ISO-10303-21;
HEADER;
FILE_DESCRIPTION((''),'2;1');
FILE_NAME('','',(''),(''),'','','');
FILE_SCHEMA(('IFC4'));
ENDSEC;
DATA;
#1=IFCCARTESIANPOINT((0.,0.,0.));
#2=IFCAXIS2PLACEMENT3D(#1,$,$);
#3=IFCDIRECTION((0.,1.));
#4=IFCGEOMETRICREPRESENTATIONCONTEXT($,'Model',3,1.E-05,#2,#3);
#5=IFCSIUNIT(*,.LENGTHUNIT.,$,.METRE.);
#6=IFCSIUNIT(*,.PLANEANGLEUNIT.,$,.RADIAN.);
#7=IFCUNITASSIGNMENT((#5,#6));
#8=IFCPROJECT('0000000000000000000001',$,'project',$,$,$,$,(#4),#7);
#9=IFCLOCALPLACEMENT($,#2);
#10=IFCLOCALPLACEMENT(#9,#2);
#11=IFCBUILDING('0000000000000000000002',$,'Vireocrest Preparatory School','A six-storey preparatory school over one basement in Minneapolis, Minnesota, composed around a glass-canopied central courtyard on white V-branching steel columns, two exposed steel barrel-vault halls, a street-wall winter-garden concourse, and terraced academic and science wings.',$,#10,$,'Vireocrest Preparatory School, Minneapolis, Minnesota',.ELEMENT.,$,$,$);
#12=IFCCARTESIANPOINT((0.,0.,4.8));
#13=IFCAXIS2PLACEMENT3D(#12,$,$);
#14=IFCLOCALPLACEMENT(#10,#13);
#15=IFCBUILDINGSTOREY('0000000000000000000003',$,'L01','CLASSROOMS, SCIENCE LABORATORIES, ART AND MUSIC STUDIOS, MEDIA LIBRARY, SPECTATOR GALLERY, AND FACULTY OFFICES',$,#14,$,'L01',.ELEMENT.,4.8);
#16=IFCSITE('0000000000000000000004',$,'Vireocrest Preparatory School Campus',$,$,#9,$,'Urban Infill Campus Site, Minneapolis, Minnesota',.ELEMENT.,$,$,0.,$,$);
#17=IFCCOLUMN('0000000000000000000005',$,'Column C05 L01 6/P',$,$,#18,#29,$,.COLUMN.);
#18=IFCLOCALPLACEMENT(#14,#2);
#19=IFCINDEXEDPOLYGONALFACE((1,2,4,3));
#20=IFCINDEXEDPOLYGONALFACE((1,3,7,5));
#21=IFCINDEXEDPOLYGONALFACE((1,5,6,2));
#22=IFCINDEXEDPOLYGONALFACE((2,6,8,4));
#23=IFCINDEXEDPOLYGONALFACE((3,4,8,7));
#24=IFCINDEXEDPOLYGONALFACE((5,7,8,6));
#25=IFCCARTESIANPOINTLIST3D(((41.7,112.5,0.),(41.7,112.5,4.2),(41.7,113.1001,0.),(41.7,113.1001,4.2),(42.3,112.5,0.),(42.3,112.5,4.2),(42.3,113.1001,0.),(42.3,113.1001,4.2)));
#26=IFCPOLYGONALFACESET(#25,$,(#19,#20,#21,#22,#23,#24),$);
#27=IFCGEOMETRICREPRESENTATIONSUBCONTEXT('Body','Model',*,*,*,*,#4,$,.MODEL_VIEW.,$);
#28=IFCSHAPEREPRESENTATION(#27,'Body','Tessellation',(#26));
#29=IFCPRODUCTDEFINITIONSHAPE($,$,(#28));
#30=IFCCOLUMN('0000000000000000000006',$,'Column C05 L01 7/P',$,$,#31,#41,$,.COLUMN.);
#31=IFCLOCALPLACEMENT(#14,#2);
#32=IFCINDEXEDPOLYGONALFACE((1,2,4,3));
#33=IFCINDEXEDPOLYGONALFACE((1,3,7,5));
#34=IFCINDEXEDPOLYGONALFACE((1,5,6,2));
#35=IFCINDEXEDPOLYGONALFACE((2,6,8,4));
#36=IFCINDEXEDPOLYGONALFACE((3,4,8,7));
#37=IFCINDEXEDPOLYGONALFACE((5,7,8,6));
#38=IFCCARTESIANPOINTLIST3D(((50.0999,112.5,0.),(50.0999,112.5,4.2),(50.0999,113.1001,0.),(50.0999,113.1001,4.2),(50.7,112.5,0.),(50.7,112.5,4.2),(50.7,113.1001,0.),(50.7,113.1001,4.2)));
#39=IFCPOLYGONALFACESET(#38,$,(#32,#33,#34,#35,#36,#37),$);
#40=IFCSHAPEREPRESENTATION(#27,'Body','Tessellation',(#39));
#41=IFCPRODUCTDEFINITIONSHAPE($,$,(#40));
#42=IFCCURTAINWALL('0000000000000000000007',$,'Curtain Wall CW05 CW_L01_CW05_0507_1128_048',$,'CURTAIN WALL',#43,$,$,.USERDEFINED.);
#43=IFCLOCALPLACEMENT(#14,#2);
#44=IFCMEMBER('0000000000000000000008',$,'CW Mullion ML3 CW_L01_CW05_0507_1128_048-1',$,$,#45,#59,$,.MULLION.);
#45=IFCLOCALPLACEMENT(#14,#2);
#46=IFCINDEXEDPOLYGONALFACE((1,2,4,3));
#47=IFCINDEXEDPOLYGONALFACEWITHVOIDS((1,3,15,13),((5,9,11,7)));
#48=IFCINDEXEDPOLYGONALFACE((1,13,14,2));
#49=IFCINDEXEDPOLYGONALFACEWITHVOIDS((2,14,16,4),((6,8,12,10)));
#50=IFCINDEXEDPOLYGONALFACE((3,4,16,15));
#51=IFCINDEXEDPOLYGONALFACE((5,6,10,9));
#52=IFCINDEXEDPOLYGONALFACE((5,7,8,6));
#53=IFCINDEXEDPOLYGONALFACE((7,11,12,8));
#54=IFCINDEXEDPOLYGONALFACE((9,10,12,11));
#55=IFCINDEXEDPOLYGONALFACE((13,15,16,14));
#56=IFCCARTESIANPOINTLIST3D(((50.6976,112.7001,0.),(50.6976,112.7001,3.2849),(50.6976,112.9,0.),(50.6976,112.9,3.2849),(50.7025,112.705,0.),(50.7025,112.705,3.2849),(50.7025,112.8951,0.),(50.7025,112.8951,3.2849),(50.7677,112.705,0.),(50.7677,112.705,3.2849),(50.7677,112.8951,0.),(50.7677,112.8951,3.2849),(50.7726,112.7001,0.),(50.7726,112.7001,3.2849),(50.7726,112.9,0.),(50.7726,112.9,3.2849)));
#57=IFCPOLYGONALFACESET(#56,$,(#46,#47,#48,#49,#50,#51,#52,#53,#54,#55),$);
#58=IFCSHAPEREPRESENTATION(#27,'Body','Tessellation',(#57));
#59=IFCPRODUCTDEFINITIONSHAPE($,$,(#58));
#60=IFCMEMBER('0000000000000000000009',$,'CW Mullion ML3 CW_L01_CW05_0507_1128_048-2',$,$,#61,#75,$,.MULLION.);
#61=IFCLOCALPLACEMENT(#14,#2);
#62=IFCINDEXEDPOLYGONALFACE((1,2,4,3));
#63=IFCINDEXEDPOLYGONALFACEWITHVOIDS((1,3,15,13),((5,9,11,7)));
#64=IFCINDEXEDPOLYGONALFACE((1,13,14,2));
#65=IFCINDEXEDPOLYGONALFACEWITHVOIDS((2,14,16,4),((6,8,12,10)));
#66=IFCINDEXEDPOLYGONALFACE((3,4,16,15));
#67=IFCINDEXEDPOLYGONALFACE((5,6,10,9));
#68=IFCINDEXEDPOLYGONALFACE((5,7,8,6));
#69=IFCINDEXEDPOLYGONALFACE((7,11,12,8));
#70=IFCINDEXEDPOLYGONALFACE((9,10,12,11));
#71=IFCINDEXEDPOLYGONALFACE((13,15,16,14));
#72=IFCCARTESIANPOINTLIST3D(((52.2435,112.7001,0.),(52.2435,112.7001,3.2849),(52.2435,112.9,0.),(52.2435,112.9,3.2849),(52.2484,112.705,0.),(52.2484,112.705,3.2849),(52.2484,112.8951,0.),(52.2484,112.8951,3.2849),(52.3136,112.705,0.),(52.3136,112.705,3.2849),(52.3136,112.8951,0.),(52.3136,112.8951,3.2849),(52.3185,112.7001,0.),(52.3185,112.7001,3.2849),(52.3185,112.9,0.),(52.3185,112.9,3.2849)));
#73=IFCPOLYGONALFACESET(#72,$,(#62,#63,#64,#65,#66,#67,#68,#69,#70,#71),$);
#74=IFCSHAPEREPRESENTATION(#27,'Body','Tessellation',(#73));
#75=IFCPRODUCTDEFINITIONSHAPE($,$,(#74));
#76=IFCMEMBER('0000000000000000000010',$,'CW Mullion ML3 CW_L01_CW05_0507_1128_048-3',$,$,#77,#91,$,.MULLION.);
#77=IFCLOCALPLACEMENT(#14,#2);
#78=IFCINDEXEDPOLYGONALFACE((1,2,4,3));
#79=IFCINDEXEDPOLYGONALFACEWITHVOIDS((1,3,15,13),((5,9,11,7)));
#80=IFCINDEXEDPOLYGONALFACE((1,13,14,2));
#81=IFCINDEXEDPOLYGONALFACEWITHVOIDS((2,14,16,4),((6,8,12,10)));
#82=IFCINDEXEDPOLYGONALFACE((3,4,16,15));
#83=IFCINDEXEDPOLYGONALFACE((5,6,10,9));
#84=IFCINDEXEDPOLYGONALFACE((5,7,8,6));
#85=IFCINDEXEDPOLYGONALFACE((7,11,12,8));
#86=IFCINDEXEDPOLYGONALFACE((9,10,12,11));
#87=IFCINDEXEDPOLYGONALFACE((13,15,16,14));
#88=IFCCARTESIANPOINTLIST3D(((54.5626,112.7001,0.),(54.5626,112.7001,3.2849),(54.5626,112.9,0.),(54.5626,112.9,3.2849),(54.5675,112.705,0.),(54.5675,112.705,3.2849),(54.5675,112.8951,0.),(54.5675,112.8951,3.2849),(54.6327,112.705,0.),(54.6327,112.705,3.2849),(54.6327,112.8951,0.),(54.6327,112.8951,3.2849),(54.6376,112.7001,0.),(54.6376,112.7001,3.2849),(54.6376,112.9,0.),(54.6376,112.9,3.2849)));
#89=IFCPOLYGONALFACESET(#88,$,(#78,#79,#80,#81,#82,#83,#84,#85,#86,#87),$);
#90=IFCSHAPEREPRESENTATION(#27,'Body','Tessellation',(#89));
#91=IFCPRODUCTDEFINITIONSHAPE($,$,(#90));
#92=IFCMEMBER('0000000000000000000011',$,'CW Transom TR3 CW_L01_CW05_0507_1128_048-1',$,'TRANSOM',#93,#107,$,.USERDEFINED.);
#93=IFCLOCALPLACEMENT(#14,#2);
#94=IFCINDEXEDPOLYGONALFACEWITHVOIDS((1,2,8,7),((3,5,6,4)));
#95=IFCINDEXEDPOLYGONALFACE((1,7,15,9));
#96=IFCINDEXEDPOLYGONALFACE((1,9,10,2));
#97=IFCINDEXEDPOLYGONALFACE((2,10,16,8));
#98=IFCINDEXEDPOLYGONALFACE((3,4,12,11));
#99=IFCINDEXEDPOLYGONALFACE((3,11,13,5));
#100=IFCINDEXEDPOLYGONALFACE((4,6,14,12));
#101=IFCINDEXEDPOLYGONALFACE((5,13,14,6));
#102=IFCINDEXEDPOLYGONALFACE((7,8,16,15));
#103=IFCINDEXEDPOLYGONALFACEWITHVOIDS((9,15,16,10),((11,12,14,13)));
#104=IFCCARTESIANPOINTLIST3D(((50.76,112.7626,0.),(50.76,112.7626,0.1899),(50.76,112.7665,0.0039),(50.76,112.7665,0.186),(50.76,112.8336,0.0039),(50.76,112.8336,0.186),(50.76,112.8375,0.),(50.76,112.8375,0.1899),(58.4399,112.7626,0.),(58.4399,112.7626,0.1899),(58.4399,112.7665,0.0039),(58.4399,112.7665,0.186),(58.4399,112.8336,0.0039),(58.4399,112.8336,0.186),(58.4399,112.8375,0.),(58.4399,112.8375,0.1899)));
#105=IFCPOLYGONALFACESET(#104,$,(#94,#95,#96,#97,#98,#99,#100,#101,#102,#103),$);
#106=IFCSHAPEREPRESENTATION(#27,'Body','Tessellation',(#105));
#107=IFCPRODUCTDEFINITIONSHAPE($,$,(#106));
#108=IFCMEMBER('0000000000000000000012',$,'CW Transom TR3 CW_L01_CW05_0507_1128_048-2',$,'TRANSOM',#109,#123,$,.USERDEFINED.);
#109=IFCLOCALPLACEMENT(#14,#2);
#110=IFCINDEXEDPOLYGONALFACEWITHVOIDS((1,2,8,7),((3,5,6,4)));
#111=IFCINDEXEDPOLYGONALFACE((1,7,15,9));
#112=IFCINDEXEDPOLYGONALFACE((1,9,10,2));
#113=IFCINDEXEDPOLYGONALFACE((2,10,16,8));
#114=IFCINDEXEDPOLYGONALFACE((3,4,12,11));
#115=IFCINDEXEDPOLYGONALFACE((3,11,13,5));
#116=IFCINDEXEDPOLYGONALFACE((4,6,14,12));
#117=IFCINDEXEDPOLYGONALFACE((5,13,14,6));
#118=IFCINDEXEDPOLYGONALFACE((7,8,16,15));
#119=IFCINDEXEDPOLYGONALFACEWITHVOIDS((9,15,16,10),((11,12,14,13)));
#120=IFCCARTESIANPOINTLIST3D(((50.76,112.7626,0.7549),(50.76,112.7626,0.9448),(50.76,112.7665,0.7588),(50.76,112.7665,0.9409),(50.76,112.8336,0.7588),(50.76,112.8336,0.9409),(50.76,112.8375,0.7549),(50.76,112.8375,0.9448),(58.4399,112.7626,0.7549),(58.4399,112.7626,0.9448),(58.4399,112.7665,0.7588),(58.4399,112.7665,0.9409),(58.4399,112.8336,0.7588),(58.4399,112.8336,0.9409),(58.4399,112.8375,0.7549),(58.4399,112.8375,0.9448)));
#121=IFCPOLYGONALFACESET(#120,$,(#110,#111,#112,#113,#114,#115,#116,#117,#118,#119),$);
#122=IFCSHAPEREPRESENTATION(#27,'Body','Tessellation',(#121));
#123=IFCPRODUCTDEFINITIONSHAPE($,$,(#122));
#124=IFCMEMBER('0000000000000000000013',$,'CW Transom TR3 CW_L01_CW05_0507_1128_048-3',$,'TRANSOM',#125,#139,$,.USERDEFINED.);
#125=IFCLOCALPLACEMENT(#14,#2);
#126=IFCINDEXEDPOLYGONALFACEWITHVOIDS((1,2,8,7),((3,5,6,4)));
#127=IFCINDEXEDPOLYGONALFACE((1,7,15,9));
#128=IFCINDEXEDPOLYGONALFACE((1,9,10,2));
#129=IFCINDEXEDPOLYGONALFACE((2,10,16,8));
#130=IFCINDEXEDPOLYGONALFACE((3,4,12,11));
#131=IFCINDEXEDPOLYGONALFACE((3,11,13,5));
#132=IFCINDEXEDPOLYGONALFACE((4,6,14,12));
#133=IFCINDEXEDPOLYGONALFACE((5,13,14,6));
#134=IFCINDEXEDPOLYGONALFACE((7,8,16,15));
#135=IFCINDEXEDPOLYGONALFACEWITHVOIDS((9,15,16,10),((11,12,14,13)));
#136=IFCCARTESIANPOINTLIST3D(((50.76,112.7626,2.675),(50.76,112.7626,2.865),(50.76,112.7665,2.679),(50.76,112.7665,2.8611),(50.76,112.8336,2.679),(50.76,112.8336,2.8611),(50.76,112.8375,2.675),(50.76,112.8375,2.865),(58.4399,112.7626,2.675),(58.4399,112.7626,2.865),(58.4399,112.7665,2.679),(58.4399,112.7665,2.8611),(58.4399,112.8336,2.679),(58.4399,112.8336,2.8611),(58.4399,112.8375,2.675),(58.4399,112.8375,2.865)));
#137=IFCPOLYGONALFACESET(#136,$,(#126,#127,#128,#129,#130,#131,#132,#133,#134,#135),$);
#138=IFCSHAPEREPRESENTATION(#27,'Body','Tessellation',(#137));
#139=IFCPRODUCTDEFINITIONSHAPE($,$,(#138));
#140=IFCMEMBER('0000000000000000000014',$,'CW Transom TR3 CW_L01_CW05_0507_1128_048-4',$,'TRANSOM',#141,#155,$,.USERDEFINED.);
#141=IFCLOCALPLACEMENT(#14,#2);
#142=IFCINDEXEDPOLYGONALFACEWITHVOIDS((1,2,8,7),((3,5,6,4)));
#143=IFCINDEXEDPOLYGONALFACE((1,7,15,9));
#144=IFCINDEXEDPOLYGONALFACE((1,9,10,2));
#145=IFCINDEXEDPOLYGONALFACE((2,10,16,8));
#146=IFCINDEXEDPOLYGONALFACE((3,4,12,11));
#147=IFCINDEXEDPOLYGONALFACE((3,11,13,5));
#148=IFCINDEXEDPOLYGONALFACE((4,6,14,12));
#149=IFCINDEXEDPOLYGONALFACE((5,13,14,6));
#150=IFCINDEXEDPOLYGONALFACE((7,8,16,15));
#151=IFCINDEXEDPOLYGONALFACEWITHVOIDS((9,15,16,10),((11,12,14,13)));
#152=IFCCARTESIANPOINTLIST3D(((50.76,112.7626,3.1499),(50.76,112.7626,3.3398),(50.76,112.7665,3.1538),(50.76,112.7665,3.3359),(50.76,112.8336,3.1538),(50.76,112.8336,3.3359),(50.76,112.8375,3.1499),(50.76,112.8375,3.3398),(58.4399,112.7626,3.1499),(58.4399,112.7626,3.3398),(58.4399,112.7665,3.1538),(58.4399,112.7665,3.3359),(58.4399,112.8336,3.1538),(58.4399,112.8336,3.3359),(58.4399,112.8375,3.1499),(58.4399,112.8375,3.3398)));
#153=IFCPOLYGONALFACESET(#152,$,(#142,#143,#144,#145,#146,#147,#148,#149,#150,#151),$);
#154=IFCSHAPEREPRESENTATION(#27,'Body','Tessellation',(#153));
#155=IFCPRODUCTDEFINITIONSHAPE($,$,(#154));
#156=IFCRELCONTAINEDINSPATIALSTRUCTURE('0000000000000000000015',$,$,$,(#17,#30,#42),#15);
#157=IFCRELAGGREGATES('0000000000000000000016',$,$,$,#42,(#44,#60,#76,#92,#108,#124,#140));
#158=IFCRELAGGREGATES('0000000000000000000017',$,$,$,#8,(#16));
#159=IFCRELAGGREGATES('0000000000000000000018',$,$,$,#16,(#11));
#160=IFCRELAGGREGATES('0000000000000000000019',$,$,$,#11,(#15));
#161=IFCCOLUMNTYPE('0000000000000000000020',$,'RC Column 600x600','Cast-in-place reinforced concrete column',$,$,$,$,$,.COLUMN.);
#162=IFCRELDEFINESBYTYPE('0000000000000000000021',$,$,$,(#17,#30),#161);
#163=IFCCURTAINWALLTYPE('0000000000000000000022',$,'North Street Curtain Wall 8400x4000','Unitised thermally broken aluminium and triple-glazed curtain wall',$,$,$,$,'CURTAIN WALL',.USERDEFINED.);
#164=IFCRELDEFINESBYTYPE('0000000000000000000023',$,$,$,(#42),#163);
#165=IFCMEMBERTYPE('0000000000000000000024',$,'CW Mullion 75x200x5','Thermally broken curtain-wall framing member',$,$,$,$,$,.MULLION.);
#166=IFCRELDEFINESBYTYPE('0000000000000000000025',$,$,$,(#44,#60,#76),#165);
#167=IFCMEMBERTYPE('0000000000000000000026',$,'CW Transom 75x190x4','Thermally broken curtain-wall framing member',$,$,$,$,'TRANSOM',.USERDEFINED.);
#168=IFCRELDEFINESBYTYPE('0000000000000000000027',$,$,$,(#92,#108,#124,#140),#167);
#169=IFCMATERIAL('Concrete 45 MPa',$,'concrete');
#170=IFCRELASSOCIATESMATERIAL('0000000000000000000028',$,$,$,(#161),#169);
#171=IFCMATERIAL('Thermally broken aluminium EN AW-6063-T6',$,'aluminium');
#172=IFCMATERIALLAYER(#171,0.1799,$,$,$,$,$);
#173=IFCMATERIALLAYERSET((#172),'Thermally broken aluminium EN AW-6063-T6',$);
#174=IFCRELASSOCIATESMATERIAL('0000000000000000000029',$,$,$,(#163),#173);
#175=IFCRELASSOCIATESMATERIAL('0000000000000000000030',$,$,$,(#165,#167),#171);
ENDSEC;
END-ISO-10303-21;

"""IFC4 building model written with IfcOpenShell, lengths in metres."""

from ifc_helpers import new_model, si_unit, direction, frame, origin, origin_2d, place, context, subcontext, project, spatial, rectangle, hollow_rectangle, extrude, material, layer, layer_set, material_profile, profile_set, type_object, element, aggregate, save


model = new_model("IFC4")

# Units and contexts
model_context = context("Model", 3, precision=1e-05, world=origin(), true_north=direction((0.0, 1.0)))
body_context = subcontext(model_context, "Body", "Model", "MODEL_VIEW")
ifc_project = project(units=[si_unit("LENGTHUNIT", "METRE"), si_unit("PLANEANGLEUNIT", "RADIAN")], contexts=[model_context])

# Site, building, storey
site_placement = place(None, origin())
site = spatial("IfcSite", under=ifc_project, at=site_placement, Name="Vireocrest Preparatory School Campus", LongName="Urban Infill Campus Site, Minneapolis, Minnesota", CompositionType="ELEMENT", RefElevation=0.0)
building_placement = place(site_placement, origin())
building = spatial("IfcBuilding", under=site, at=building_placement, Name="Vireocrest Preparatory School", Description="A six-storey preparatory school over one basement in Minneapolis, Minnesota, composed around a glass-canopied central courtyard on white V-branching steel columns, two exposed steel barrel-vault halls, a street-wall winter-garden concourse, and terraced academic and science wings.", LongName="Vireocrest Preparatory School, Minneapolis, Minnesota", CompositionType="ELEMENT")
storey_placement = place(building_placement, frame((0.0, 0.0, 4.8)))
storey = spatial("IfcBuildingStorey", under=building, at=storey_placement, Name="L01", Description="CLASSROOMS, SCIENCE LABORATORIES, ART AND MUSIC STUDIOS, MEDIA LIBRARY, SPECTATOR GALLERY, AND FACULTY OFFICES", LongName="L01", CompositionType="ELEMENT", Elevation=4.8)

# Columns
ifc_material_1 = material(Name="Concrete 45 MPa", Category="concrete")
ifc_material_profile_1 = material_profile(ifc_material_1, rectangle(XDim=0.6001, YDim=0.6001, at=origin_2d()), Name="RC 600x600")
ifc_profile_set_1 = profile_set([ifc_material_profile_1], Name="Concrete 45 MPa")
column_type = type_object("IfcColumnType", Name="RC Column 600x600", Description="Cast-in-place reinforced concrete column", PredefinedType="COLUMN", material=ifc_profile_set_1)
for number, where, z_axis, x_axis, name in (
    (1, (42.0, 112.8, 0.0), (0.0, 0.0, 1.0), (1.0, 0.0, 0.0), "Column C05 L01 6/P"),
    (2, (50.3999, 112.8, 0.0), (0.0, 0.0, 1.0), (1.0, 0.0, 0.0), "Column C05 L01 7/P"),
):
    element("IfcColumn", number, at=place(storey_placement, frame(where, z_axis=z_axis, x_axis=x_axis)), inside=storey, type_object=column_type, Name=name, PredefinedType="COLUMN", context=body_context, shape_type="SweptSolid", body=[
        extrude(rectangle(XDim=0.6001, YDim=0.6001, at=origin_2d()), origin(), (0.0, 0.0, 1.0), 4.2),
    ])

# Curtain wall, members
ifc_material_2 = material(Name="Thermally broken aluminium EN AW-6063-T6", Category="aluminium")
ifc_layer_1 = layer(ifc_material_2, 0.1799)
ifc_layer_set_1 = layer_set([ifc_layer_1], Name="Thermally broken aluminium EN AW-6063-T6")
curtain_wall_type = type_object("IfcCurtainWallType", Name="North Street Curtain Wall 8400x4000", Description="Unitised thermally broken aluminium and triple-glazed curtain wall", ElementType="CURTAIN WALL", PredefinedType="USERDEFINED", material=ifc_layer_set_1)
curtain_wall_placement = place(storey_placement, origin())
curtain_wall = element("IfcCurtainWall", 3, at=curtain_wall_placement, inside=storey, type_object=curtain_wall_type, Name="Curtain Wall CW05 CW_L01_CW05_0507_1128_048", ObjectType="CURTAIN WALL", PredefinedType="USERDEFINED")
ifc_material_profile_2 = material_profile(ifc_material_2, hollow_rectangle(XDim=0.075, YDim=0.2, WallThickness=0.0049, at=origin_2d()), Name="ALU 75x200x5")
ifc_profile_set_2 = profile_set([ifc_material_profile_2], Name="Thermally broken aluminium EN AW-6063-T6")
member_type_1 = type_object("IfcMemberType", Name="CW Mullion 75x200x5", Description="Thermally broken curtain-wall framing member", PredefinedType="MULLION", material=ifc_profile_set_2)
member_1_placement = place(storey_placement, frame((50.7351, 112.8, 0.0), z_axis=(0.0, 0.0, 1.0), x_axis=(1.0, 0.0, 0.0)))
member_1 = element("IfcMember", 4, at=member_1_placement, type_object=member_type_1, Name="CW Mullion ML3 CW_L01_CW05_0507_1128_048-1", PredefinedType="MULLION", context=body_context, shape_type="SweptSolid", body=[
    extrude(hollow_rectangle(XDim=0.075, YDim=0.2, WallThickness=0.0049, at=origin_2d()), origin(), (0.0, 0.0, 1.0), 3.2849),
])
member_2_placement = place(storey_placement, frame((52.281, 112.8, 0.0), z_axis=(0.0, 0.0, 1.0), x_axis=(1.0, 0.0, 0.0)))
member_2 = element("IfcMember", 5, at=member_2_placement, type_object=member_type_1, Name="CW Mullion ML3 CW_L01_CW05_0507_1128_048-2", PredefinedType="MULLION", context=body_context, shape_type="SweptSolid", body=[
    extrude(hollow_rectangle(XDim=0.075, YDim=0.2, WallThickness=0.0049, at=origin_2d()), origin(), (0.0, 0.0, 1.0), 3.2849),
])
member_3_placement = place(storey_placement, frame((54.6001, 112.8, 0.0), z_axis=(0.0, 0.0, 1.0), x_axis=(1.0, 0.0, 0.0)))
member_3 = element("IfcMember", 6, at=member_3_placement, type_object=member_type_1, Name="CW Mullion ML3 CW_L01_CW05_0507_1128_048-3", PredefinedType="MULLION", context=body_context, shape_type="SweptSolid", body=[
    extrude(hollow_rectangle(XDim=0.075, YDim=0.2, WallThickness=0.0049, at=origin_2d()), origin(), (0.0, 0.0, 1.0), 3.2849),
])
ifc_material_profile_3 = material_profile(ifc_material_2, hollow_rectangle(XDim=0.075, YDim=0.1899, WallThickness=0.0039, at=origin_2d()), Name="ALU 75x190x4")
ifc_profile_set_3 = profile_set([ifc_material_profile_3], Name="Thermally broken aluminium EN AW-6063-T6")
member_type_2 = type_object("IfcMemberType", Name="CW Transom 75x190x4", Description="Thermally broken curtain-wall framing member", ElementType="TRANSOM", PredefinedType="USERDEFINED", material=ifc_profile_set_3)
member_4_placement = place(storey_placement, frame((50.76, 112.8, 0.095), z_axis=(1.0, 0.0, 0.0), x_axis=(0.0, 1.0, 0.0)))
member_4 = element("IfcMember", 7, at=member_4_placement, type_object=member_type_2, Name="CW Transom TR3 CW_L01_CW05_0507_1128_048-1", ObjectType="TRANSOM", PredefinedType="USERDEFINED", context=body_context, shape_type="SweptSolid", body=[
    extrude(hollow_rectangle(XDim=0.075, YDim=0.1899, WallThickness=0.0039, at=origin_2d()), origin(), (0.0, 0.0, 1.0), 7.6799),
])
member_5_placement = place(storey_placement, frame((50.76, 112.8, 0.8499), z_axis=(1.0, 0.0, 0.0), x_axis=(0.0, 1.0, 0.0)))
member_5 = element("IfcMember", 8, at=member_5_placement, type_object=member_type_2, Name="CW Transom TR3 CW_L01_CW05_0507_1128_048-2", ObjectType="TRANSOM", PredefinedType="USERDEFINED", context=body_context, shape_type="SweptSolid", body=[
    extrude(hollow_rectangle(XDim=0.075, YDim=0.1899, WallThickness=0.0039, at=origin_2d()), origin(), (0.0, 0.0, 1.0), 7.6799),
])
member_6_placement = place(storey_placement, frame((50.76, 112.8, 2.77), z_axis=(1.0, 0.0, 0.0), x_axis=(0.0, 1.0, 0.0)))
member_6 = element("IfcMember", 9, at=member_6_placement, type_object=member_type_2, Name="CW Transom TR3 CW_L01_CW05_0507_1128_048-3", ObjectType="TRANSOM", PredefinedType="USERDEFINED", context=body_context, shape_type="SweptSolid", body=[
    extrude(hollow_rectangle(XDim=0.075, YDim=0.1899, WallThickness=0.0039, at=origin_2d()), origin(), (0.0, 0.0, 1.0), 7.6799),
])
member_7_placement = place(storey_placement, frame((50.76, 112.8, 3.2449), z_axis=(1.0, 0.0, 0.0), x_axis=(0.0, 1.0, 0.0)))
member_7 = element("IfcMember", 10, at=member_7_placement, type_object=member_type_2, Name="CW Transom TR3 CW_L01_CW05_0507_1128_048-4", ObjectType="TRANSOM", PredefinedType="USERDEFINED", context=body_context, shape_type="SweptSolid", body=[
    extrude(hollow_rectangle(XDim=0.075, YDim=0.1899, WallThickness=0.0039, at=origin_2d()), origin(), (0.0, 0.0, 1.0), 7.6799),
])

aggregate(curtain_wall, [member_1, member_2, member_3, member_4, member_5, member_6, member_7])

save(model, "model.ifc")
